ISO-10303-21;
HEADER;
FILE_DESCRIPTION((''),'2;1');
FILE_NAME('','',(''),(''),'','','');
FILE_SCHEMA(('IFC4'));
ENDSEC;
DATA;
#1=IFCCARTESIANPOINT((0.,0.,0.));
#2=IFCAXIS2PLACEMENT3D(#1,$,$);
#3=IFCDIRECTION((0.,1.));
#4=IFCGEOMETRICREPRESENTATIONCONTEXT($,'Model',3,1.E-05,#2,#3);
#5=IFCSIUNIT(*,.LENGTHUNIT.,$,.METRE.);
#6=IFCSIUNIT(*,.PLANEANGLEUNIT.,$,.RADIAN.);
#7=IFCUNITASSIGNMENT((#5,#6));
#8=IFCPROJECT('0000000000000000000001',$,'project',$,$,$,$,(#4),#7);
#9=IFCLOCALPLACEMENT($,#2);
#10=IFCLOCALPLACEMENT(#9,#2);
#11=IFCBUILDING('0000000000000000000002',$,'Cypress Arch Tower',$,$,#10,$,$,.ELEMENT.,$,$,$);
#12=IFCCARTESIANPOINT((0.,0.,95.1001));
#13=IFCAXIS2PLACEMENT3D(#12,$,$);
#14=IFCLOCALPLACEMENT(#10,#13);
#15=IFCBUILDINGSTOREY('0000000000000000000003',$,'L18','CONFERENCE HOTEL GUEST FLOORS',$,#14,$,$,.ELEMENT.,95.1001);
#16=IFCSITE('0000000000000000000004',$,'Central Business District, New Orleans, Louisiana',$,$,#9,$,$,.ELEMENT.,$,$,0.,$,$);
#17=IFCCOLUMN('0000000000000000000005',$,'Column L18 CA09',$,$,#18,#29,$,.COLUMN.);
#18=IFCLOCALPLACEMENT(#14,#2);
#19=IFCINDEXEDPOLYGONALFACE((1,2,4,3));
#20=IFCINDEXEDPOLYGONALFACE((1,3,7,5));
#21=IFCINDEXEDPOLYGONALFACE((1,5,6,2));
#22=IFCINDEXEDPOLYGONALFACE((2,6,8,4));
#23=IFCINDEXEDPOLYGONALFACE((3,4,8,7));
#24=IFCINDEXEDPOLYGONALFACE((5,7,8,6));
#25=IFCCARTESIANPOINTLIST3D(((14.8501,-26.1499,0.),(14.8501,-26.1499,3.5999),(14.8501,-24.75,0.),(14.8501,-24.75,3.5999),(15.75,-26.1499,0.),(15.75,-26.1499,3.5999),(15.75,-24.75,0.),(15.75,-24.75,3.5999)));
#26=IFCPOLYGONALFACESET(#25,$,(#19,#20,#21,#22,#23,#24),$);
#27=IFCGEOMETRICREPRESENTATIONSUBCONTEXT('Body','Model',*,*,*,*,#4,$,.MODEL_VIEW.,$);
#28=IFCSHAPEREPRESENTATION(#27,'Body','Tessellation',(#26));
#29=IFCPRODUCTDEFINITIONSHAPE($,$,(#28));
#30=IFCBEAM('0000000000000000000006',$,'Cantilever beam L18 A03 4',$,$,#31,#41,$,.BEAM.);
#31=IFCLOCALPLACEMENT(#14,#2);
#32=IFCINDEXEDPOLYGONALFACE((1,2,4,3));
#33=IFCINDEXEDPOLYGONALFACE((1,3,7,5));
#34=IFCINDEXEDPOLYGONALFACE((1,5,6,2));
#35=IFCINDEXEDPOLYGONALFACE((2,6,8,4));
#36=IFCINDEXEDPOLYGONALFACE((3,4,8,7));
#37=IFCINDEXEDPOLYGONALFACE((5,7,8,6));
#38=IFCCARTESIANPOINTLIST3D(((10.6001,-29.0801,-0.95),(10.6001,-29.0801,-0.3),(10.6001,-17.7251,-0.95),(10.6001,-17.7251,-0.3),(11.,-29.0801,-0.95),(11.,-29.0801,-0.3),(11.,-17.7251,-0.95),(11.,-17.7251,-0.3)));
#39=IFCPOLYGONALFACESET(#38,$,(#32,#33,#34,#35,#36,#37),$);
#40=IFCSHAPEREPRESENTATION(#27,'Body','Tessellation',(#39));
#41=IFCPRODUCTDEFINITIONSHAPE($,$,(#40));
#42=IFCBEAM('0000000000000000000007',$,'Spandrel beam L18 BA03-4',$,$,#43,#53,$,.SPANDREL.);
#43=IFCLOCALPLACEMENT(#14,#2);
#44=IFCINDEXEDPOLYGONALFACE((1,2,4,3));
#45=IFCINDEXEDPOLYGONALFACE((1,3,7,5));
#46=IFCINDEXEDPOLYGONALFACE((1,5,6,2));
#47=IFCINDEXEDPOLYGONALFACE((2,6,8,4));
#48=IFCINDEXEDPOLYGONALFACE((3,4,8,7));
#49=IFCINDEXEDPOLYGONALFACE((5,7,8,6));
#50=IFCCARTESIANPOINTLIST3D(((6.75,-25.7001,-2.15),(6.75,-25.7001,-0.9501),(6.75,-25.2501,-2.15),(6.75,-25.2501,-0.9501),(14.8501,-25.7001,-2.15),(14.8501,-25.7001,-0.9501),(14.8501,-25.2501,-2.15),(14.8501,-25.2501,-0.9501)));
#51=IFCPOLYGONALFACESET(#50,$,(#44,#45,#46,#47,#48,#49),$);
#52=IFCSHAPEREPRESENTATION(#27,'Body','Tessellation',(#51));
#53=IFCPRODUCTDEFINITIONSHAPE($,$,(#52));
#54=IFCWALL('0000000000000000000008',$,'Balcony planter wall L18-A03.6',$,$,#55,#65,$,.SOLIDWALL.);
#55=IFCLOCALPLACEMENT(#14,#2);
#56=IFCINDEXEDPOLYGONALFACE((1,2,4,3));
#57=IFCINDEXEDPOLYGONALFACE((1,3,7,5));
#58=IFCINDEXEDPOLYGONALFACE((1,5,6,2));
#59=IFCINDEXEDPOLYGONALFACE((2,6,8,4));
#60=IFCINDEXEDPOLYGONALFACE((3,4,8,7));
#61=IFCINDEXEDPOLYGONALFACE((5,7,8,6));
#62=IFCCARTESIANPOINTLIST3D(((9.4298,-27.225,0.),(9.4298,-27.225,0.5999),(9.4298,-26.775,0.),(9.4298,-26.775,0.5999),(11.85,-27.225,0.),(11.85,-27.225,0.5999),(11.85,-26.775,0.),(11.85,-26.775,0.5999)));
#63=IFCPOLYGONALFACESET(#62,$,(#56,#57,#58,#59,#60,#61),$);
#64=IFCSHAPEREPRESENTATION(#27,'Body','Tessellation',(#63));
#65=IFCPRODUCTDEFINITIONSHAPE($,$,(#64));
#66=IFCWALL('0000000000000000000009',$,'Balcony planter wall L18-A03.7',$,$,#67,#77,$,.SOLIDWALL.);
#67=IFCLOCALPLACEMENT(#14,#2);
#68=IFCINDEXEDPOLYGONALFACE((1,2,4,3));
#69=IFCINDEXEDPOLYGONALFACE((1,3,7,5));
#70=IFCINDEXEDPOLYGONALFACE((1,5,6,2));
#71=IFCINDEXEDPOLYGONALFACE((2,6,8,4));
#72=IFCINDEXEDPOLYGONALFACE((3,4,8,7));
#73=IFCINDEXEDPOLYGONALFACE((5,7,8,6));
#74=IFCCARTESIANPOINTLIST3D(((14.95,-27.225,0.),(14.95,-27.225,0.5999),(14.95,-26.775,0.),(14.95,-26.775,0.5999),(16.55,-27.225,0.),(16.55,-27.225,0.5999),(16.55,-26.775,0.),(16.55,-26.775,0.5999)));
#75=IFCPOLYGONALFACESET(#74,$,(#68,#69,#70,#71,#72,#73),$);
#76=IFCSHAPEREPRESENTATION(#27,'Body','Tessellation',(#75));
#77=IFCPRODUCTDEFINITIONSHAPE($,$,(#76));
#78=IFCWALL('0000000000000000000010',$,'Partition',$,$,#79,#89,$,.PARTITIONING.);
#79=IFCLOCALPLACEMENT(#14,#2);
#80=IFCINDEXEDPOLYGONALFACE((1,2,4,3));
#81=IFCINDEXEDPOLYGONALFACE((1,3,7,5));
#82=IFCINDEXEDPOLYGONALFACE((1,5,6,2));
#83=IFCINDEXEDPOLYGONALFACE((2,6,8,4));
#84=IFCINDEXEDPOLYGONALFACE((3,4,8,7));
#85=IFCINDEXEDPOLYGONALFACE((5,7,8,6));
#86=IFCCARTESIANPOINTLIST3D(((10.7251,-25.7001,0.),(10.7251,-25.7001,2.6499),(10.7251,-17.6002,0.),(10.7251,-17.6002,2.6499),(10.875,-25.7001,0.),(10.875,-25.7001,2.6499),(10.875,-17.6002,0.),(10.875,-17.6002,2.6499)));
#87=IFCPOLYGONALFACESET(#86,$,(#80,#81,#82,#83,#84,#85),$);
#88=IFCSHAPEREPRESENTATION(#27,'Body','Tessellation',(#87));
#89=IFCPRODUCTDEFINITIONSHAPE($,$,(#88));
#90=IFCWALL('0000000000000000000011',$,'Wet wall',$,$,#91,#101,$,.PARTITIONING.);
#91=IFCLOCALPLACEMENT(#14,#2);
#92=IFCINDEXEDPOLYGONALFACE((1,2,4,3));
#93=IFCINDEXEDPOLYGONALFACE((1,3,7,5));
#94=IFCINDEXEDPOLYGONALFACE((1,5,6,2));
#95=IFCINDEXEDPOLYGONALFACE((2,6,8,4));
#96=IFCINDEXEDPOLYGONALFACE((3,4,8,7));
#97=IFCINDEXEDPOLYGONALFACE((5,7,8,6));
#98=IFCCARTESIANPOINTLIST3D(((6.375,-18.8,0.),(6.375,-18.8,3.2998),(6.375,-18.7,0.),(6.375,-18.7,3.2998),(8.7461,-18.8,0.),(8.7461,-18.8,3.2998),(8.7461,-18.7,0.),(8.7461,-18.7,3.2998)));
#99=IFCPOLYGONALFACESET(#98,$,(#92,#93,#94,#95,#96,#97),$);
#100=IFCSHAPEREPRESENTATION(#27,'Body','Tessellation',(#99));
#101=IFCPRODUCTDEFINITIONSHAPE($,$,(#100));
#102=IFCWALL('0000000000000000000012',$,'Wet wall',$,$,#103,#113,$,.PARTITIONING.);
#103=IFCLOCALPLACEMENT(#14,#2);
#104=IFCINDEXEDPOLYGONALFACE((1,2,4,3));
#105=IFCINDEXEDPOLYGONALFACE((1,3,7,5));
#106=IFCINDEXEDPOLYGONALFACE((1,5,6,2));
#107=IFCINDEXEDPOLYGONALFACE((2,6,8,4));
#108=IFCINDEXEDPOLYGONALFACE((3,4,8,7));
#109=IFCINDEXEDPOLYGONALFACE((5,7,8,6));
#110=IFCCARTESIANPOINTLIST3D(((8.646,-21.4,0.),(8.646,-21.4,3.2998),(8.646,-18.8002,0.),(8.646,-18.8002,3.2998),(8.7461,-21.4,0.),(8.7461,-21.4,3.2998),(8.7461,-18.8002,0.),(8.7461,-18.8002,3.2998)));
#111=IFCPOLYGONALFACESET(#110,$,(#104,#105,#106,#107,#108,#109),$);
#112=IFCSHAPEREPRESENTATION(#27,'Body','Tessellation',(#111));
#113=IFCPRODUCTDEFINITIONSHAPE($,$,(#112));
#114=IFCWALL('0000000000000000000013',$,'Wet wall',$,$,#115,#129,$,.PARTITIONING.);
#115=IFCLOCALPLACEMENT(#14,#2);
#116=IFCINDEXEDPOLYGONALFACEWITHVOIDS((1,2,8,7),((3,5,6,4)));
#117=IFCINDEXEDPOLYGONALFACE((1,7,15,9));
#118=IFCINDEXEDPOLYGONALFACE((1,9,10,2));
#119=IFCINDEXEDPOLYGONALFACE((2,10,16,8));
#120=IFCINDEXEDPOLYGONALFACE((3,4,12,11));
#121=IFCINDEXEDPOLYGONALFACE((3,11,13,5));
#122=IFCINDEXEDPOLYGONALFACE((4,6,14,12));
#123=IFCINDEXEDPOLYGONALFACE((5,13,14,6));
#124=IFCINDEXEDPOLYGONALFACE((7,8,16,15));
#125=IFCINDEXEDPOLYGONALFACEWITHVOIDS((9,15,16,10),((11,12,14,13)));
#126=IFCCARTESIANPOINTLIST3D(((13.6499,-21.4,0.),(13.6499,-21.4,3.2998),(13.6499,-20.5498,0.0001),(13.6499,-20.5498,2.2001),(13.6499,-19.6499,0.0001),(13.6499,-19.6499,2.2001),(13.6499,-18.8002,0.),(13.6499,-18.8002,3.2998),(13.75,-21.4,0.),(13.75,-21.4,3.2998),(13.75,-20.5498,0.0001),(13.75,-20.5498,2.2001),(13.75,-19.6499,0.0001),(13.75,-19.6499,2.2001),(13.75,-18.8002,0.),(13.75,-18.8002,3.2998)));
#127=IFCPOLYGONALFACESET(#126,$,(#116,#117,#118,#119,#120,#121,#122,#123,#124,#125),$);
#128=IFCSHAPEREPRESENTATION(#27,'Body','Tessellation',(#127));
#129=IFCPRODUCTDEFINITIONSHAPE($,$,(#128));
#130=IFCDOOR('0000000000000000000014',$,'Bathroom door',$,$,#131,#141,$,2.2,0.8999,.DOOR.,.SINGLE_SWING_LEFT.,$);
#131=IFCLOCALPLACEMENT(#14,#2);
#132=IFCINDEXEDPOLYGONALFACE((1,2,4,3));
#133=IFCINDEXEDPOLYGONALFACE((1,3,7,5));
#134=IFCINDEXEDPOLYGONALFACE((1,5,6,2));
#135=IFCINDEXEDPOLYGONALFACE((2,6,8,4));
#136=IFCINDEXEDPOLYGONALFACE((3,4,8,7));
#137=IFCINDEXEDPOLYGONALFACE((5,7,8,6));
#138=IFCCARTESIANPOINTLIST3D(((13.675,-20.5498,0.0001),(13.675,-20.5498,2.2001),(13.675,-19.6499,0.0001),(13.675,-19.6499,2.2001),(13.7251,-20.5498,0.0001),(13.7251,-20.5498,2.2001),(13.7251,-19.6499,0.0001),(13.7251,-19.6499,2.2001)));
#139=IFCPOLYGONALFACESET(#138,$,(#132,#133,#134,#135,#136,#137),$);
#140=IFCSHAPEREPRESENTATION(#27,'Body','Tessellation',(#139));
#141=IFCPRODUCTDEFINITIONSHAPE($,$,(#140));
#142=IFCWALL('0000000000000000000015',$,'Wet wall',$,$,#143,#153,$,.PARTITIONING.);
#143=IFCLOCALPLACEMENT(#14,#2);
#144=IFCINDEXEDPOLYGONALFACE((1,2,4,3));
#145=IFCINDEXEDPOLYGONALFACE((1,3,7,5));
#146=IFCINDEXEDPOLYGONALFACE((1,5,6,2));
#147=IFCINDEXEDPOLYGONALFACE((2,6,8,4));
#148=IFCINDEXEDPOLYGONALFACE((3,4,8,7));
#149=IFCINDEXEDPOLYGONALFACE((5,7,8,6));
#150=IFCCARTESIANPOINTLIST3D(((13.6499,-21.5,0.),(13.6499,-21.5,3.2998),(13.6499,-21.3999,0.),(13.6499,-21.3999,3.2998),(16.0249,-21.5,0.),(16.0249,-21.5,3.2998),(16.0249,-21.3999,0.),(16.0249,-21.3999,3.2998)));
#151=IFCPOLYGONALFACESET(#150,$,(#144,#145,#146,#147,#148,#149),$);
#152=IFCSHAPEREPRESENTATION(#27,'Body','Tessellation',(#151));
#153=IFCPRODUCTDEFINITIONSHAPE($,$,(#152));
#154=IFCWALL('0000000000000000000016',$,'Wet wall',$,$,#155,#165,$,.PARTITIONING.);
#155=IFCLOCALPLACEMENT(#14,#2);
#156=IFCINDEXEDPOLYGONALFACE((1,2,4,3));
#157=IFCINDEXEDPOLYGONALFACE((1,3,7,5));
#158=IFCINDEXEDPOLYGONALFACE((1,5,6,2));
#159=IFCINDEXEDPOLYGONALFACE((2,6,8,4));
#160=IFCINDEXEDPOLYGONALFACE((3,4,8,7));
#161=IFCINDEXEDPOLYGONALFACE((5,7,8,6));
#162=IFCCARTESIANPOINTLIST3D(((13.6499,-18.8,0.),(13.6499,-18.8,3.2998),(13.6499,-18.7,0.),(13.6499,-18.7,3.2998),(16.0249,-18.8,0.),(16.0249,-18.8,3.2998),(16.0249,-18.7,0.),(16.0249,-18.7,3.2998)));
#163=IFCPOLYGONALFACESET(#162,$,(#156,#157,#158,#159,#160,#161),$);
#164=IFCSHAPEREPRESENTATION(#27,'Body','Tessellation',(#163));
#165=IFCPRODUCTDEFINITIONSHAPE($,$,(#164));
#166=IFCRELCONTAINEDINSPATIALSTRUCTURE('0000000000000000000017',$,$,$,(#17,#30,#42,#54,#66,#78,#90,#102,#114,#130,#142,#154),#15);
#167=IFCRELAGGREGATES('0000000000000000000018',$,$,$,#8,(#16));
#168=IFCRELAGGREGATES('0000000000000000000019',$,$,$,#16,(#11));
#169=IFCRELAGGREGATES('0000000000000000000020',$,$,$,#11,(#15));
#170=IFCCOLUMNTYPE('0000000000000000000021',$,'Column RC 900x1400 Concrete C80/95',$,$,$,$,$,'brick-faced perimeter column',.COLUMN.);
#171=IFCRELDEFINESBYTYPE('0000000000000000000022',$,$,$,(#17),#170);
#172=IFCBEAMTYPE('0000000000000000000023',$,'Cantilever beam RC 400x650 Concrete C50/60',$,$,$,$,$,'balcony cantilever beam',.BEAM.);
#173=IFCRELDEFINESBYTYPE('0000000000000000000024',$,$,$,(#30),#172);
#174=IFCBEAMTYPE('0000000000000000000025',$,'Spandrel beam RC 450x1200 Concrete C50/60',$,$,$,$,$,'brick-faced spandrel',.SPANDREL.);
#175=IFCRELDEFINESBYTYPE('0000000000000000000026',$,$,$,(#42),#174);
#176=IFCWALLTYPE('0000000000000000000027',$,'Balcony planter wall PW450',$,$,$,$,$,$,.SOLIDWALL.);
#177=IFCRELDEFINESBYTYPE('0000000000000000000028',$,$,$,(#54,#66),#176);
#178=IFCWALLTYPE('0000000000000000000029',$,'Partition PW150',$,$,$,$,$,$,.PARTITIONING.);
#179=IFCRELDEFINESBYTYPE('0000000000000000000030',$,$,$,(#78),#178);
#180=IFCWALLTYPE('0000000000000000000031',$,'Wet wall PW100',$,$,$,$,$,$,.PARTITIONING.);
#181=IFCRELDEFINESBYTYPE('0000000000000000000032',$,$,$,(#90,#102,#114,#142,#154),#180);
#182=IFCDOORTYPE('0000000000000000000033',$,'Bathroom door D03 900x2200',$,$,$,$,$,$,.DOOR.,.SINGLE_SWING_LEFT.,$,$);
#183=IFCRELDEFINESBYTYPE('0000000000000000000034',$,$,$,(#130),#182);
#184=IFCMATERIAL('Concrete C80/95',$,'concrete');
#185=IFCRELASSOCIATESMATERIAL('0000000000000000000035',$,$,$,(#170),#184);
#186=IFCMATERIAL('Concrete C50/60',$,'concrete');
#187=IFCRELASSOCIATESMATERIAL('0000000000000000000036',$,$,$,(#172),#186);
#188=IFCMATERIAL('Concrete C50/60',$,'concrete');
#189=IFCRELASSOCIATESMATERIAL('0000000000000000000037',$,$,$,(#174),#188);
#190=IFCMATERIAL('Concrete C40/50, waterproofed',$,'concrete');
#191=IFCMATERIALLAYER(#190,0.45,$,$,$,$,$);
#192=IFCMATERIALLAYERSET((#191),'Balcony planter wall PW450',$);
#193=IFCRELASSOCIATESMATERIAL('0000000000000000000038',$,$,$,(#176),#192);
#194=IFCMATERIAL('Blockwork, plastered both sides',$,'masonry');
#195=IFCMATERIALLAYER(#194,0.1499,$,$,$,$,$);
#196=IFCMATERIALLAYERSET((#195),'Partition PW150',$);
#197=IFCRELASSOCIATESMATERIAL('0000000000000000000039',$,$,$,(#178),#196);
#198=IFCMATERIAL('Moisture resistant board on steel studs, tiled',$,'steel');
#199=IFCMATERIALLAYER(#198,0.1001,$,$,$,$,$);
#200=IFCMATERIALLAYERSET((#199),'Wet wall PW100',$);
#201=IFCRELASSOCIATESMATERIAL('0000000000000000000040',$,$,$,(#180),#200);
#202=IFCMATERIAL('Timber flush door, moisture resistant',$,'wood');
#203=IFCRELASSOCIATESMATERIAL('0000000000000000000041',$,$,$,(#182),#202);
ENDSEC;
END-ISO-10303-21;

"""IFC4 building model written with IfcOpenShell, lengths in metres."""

from ifc_helpers import new_model, si_unit, direction, frame, frame_2d, origin, origin_2d, place, context, subcontext, project, spatial, rectangle, extrude, material, layer, layer_set, material_profile, profile_set, type_object, element, fill, save


model = new_model("IFC4")

# Units and contexts
model_context = context("Model", 3, precision=1e-05, world=origin(), true_north=direction((0.0, 1.0)))
body_context = subcontext(model_context, "Body", "Model", "MODEL_VIEW")
ifc_project = project(units=[si_unit("LENGTHUNIT", "METRE"), si_unit("PLANEANGLEUNIT", "RADIAN")], contexts=[model_context])

# Site, building, storey
site_placement = place(None, origin())
site = spatial("IfcSite", under=ifc_project, at=site_placement, Name="Central Business District, New Orleans, Louisiana", CompositionType="ELEMENT", RefElevation=0.0)
building_placement = place(site_placement, origin())
building = spatial("IfcBuilding", under=site, at=building_placement, Name="Cypress Arch Tower", CompositionType="ELEMENT")
storey_placement = place(building_placement, frame((0.0, 0.0, 95.1001)))
storey = spatial("IfcBuildingStorey", under=building, at=storey_placement, Name="L18", Description="CONFERENCE HOTEL GUEST FLOORS", CompositionType="ELEMENT", Elevation=95.1001)

# Column
ifc_material_1 = material(Name="Concrete C80/95", Category="concrete")
ifc_material_profile_1 = material_profile(ifc_material_1, rectangle(XDim=0.8999, YDim=1.3999, at=origin_2d()), Name="RC 900x1400")
ifc_profile_set_1 = profile_set([ifc_material_profile_1], Name="Concrete C80/95")
column_type = type_object("IfcColumnType", Name="Column RC 900x1400 Concrete C80/95", ElementType="brick-faced perimeter column", PredefinedType="COLUMN", material=ifc_profile_set_1)
column_placement = place(storey_placement, frame((15.3, -25.45, 0.0), z_axis=(0.0, 0.0, 1.0), x_axis=(1.0, 0.0, 0.0)))
element("IfcColumn", 1, at=column_placement, inside=storey, type_object=column_type, Name="Column L18 CA09", PredefinedType="COLUMN", context=body_context, shape_type="SweptSolid", body=[
    extrude(rectangle(XDim=0.8999, YDim=1.3999, at=origin_2d()), origin(), (0.0, 0.0, 1.0), 3.5999),
])

# Beams
ifc_material_2 = material(Name="Concrete C50/60", Category="concrete")
ifc_material_profile_2 = material_profile(ifc_material_2, rectangle(XDim=0.3999, YDim=0.6499, at=origin_2d()), Name="RC 400x650")
ifc_profile_set_2 = profile_set([ifc_material_profile_2], Name="Concrete C50/60")
beam_type_1 = type_object("IfcBeamType", Name="Cantilever beam RC 400x650 Concrete C50/60", ElementType="balcony cantilever beam", PredefinedType="BEAM", material=ifc_profile_set_2)
beam_1_placement = place(storey_placement, frame((10.8, -17.7251, -0.625), z_axis=(0.0, -1.0, 0.0), x_axis=(1.0, 0.0, 0.0)))
element("IfcBeam", 2, at=beam_1_placement, inside=storey, type_object=beam_type_1, Name="Cantilever beam L18 A03 4", PredefinedType="BEAM", context=body_context, shape_type="SweptSolid", body=[
    extrude(rectangle(XDim=0.3999, YDim=0.6499, at=origin_2d()), origin(), (0.0, 0.0, 1.0), 11.355),
])
ifc_material_3 = material(Name="Concrete C50/60", Category="concrete")
ifc_material_profile_3 = material_profile(ifc_material_3, rectangle(XDim=0.45, YDim=1.2, at=origin_2d()), Name="RC 450x1200")
ifc_profile_set_3 = profile_set([ifc_material_profile_3], Name="Concrete C50/60")
beam_type_2 = type_object("IfcBeamType", Name="Spandrel beam RC 450x1200 Concrete C50/60", ElementType="brick-faced spandrel", PredefinedType="SPANDREL", material=ifc_profile_set_3)
beam_2_placement = place(storey_placement, frame((6.75, -25.4751, -1.55), z_axis=(1.0, 0.0, 0.0), x_axis=(0.0, 1.0, 0.0)))
element("IfcBeam", 3, at=beam_2_placement, inside=storey, type_object=beam_type_2, Name="Spandrel beam L18 BA03-4", PredefinedType="SPANDREL", context=body_context, shape_type="SweptSolid", body=[
    extrude(rectangle(XDim=0.45, YDim=1.2, at=origin_2d()), origin(), (0.0, 0.0, 1.0), 8.1001),
])

# Walls
ifc_material_4 = material(Name="Concrete C40/50, waterproofed", Category="concrete")
ifc_layer_1 = layer(ifc_material_4, 0.45)
ifc_layer_set_1 = layer_set([ifc_layer_1], Name="Balcony planter wall PW450")
wall_type_1 = type_object("IfcWallType", Name="Balcony planter wall PW450", PredefinedType="SOLIDWALL", material=ifc_layer_set_1)
wall_1_placement = place(storey_placement, frame((9.4299, -27.0, 0.0), z_axis=(0.0, 0.0, 1.0), x_axis=(1.0, 0.0, 0.0)))
element("IfcWall", 4, at=wall_1_placement, inside=storey, type_object=wall_type_1, Name="Balcony planter wall L18-A03.6", PredefinedType="SOLIDWALL", context=body_context, shape_type="SweptSolid", body=[
    extrude(rectangle(XDim=2.4202, YDim=0.45, at=frame_2d((1.21, 0.0))), origin(), (0.0, 0.0, 1.0), 0.5999),
])
wall_2_placement = place(storey_placement, frame((14.95, -27.0, 0.0), z_axis=(0.0, 0.0, 1.0), x_axis=(1.0, 0.0, 0.0)))
element("IfcWall", 5, at=wall_2_placement, inside=storey, type_object=wall_type_1, Name="Balcony planter wall L18-A03.7", PredefinedType="SOLIDWALL", context=body_context, shape_type="SweptSolid", body=[
    extrude(rectangle(XDim=1.6001, YDim=0.45, at=frame_2d((0.8, 0.0))), origin(), (0.0, 0.0, 1.0), 0.5999),
])

# Walls
ifc_material_5 = material(Name="Blockwork, plastered both sides", Category="masonry")
ifc_layer_2 = layer(ifc_material_5, 0.1499)
ifc_layer_set_2 = layer_set([ifc_layer_2], Name="Partition PW150")
wall_type_2 = type_object("IfcWallType", Name="Partition PW150", PredefinedType="PARTITIONING", material=ifc_layer_set_2)
wall_3_placement = place(storey_placement, frame((10.8, -25.7, 0.0), z_axis=(0.0, 0.0, 1.0), x_axis=(0.0, 1.0, 0.0)))
element("IfcWall", 6, at=wall_3_placement, inside=storey, type_object=wall_type_2, Name="Partition", PredefinedType="PARTITIONING", context=body_context, shape_type="SweptSolid", body=[
    extrude(rectangle(XDim=8.0999, YDim=0.1499, at=frame_2d((4.0498, 0.0))), origin(), (0.0, 0.0, 1.0), 2.6499),
])
ifc_material_6 = material(Name="Moisture resistant board on steel studs, tiled", Category="steel")
ifc_layer_3 = layer(ifc_material_6, 0.1001)
ifc_layer_set_3 = layer_set([ifc_layer_3], Name="Wet wall PW100")
wall_type_3 = type_object("IfcWallType", Name="Wet wall PW100", PredefinedType="PARTITIONING", material=ifc_layer_set_3)
wall_4_placement = place(storey_placement, frame((6.375, -18.75, 0.0), z_axis=(0.0, 0.0, 1.0), x_axis=(1.0, 0.0, 0.0)))
element("IfcWall", 7, at=wall_4_placement, inside=storey, type_object=wall_type_3, Name="Wet wall", PredefinedType="PARTITIONING", context=body_context, shape_type="SweptSolid", body=[
    extrude(rectangle(XDim=2.3711, YDim=0.1001, at=frame_2d((1.1855, 0.0))), origin(), (0.0, 0.0, 1.0), 3.2998),
])
wall_5_placement = place(storey_placement, frame((8.696, -21.3999, 0.0), z_axis=(0.0, 0.0, 1.0), x_axis=(0.0, 1.0, 0.0)))
element("IfcWall", 8, at=wall_5_placement, inside=storey, type_object=wall_type_3, Name="Wet wall", PredefinedType="PARTITIONING", context=body_context, shape_type="SweptSolid", body=[
    extrude(rectangle(XDim=2.5999, YDim=0.1001, at=frame_2d((1.2998, 0.0))), origin(), (0.0, 0.0, 1.0), 3.2998),
])

# Wall, opening, door
wall_6_placement = place(storey_placement, frame((13.7, -21.3999, 0.0), z_axis=(0.0, 0.0, 1.0), x_axis=(0.0, 1.0, 0.0)))
wall_6 = element("IfcWall", 9, at=wall_6_placement, inside=storey, type_object=wall_type_3, Name="Wet wall", PredefinedType="PARTITIONING", context=body_context, shape_type="SweptSolid", body=[
    extrude(rectangle(XDim=2.5999, YDim=0.1001, at=frame_2d((1.2998, 0.0))), origin(), (0.0, 0.0, 1.0), 3.2998),
])
opening_1_placement = place(wall_6_placement, frame((0.8501, 0.0, 0.0)))
opening_1 = element("IfcOpeningElement", 10, at=opening_1_placement, cuts=wall_6, PredefinedType="OPENING", context=body_context, shape_type="SweptSolid", body=[
    extrude(rectangle(XDim=0.8999, YDim=2.2, at=frame_2d((0.45, 1.1001))), frame((0.0, 0.0601, 0.0), z_axis=(0.0, -1.0, 0.0), x_axis=(1.0, 0.0, 0.0)), (0.0, 0.0, 1.0), 0.1201),
])
ifc_material_7 = material(Name="Timber flush door, moisture resistant", Category="wood")
door_type_1 = type_object("IfcDoorType", Name="Bathroom door D03 900x2200", OperationType="SINGLE_SWING_LEFT", PredefinedType="DOOR", material=ifc_material_7)
door_1_placement = place(opening_1_placement, origin())
door_1 = element("IfcDoor", 11, at=door_1_placement, inside=storey, type_object=door_type_1, Name="Bathroom door", OperationType="SINGLE_SWING_LEFT", OverallHeight=2.2, OverallWidth=0.8999, PredefinedType="DOOR", context=body_context, shape_type="SweptSolid", body=[
    extrude(rectangle(XDim=0.8999, YDim=2.2, at=frame_2d((0.45, 1.1001))), frame((0.0, 0.0249, 0.0), z_axis=(0.0, -1.0, 0.0), x_axis=(1.0, 0.0, 0.0)), (0.0, 0.0, 1.0), 0.05),
])
fill(opening_1, door_1)

# Walls
for number, where, z_axis, x_axis, name in (
    (12, (13.6499, -21.45, 0.0), (0.0, 0.0, 1.0), (1.0, 0.0, 0.0), "Wet wall"),
    (13, (13.6499, -18.75, 0.0), (0.0, 0.0, 1.0), (1.0, 0.0, 0.0), "Wet wall"),
):
    element("IfcWall", number, at=place(storey_placement, frame(where, z_axis=z_axis, x_axis=x_axis)), inside=storey, type_object=wall_type_3, Name=name, PredefinedType="PARTITIONING", context=body_context, shape_type="SweptSolid", body=[
        extrude(rectangle(XDim=2.375, YDim=0.1001, at=frame_2d((1.1875, 0.0))), origin(), (0.0, 0.0, 1.0), 3.2998),
    ])

save(model, "model.ifc")
